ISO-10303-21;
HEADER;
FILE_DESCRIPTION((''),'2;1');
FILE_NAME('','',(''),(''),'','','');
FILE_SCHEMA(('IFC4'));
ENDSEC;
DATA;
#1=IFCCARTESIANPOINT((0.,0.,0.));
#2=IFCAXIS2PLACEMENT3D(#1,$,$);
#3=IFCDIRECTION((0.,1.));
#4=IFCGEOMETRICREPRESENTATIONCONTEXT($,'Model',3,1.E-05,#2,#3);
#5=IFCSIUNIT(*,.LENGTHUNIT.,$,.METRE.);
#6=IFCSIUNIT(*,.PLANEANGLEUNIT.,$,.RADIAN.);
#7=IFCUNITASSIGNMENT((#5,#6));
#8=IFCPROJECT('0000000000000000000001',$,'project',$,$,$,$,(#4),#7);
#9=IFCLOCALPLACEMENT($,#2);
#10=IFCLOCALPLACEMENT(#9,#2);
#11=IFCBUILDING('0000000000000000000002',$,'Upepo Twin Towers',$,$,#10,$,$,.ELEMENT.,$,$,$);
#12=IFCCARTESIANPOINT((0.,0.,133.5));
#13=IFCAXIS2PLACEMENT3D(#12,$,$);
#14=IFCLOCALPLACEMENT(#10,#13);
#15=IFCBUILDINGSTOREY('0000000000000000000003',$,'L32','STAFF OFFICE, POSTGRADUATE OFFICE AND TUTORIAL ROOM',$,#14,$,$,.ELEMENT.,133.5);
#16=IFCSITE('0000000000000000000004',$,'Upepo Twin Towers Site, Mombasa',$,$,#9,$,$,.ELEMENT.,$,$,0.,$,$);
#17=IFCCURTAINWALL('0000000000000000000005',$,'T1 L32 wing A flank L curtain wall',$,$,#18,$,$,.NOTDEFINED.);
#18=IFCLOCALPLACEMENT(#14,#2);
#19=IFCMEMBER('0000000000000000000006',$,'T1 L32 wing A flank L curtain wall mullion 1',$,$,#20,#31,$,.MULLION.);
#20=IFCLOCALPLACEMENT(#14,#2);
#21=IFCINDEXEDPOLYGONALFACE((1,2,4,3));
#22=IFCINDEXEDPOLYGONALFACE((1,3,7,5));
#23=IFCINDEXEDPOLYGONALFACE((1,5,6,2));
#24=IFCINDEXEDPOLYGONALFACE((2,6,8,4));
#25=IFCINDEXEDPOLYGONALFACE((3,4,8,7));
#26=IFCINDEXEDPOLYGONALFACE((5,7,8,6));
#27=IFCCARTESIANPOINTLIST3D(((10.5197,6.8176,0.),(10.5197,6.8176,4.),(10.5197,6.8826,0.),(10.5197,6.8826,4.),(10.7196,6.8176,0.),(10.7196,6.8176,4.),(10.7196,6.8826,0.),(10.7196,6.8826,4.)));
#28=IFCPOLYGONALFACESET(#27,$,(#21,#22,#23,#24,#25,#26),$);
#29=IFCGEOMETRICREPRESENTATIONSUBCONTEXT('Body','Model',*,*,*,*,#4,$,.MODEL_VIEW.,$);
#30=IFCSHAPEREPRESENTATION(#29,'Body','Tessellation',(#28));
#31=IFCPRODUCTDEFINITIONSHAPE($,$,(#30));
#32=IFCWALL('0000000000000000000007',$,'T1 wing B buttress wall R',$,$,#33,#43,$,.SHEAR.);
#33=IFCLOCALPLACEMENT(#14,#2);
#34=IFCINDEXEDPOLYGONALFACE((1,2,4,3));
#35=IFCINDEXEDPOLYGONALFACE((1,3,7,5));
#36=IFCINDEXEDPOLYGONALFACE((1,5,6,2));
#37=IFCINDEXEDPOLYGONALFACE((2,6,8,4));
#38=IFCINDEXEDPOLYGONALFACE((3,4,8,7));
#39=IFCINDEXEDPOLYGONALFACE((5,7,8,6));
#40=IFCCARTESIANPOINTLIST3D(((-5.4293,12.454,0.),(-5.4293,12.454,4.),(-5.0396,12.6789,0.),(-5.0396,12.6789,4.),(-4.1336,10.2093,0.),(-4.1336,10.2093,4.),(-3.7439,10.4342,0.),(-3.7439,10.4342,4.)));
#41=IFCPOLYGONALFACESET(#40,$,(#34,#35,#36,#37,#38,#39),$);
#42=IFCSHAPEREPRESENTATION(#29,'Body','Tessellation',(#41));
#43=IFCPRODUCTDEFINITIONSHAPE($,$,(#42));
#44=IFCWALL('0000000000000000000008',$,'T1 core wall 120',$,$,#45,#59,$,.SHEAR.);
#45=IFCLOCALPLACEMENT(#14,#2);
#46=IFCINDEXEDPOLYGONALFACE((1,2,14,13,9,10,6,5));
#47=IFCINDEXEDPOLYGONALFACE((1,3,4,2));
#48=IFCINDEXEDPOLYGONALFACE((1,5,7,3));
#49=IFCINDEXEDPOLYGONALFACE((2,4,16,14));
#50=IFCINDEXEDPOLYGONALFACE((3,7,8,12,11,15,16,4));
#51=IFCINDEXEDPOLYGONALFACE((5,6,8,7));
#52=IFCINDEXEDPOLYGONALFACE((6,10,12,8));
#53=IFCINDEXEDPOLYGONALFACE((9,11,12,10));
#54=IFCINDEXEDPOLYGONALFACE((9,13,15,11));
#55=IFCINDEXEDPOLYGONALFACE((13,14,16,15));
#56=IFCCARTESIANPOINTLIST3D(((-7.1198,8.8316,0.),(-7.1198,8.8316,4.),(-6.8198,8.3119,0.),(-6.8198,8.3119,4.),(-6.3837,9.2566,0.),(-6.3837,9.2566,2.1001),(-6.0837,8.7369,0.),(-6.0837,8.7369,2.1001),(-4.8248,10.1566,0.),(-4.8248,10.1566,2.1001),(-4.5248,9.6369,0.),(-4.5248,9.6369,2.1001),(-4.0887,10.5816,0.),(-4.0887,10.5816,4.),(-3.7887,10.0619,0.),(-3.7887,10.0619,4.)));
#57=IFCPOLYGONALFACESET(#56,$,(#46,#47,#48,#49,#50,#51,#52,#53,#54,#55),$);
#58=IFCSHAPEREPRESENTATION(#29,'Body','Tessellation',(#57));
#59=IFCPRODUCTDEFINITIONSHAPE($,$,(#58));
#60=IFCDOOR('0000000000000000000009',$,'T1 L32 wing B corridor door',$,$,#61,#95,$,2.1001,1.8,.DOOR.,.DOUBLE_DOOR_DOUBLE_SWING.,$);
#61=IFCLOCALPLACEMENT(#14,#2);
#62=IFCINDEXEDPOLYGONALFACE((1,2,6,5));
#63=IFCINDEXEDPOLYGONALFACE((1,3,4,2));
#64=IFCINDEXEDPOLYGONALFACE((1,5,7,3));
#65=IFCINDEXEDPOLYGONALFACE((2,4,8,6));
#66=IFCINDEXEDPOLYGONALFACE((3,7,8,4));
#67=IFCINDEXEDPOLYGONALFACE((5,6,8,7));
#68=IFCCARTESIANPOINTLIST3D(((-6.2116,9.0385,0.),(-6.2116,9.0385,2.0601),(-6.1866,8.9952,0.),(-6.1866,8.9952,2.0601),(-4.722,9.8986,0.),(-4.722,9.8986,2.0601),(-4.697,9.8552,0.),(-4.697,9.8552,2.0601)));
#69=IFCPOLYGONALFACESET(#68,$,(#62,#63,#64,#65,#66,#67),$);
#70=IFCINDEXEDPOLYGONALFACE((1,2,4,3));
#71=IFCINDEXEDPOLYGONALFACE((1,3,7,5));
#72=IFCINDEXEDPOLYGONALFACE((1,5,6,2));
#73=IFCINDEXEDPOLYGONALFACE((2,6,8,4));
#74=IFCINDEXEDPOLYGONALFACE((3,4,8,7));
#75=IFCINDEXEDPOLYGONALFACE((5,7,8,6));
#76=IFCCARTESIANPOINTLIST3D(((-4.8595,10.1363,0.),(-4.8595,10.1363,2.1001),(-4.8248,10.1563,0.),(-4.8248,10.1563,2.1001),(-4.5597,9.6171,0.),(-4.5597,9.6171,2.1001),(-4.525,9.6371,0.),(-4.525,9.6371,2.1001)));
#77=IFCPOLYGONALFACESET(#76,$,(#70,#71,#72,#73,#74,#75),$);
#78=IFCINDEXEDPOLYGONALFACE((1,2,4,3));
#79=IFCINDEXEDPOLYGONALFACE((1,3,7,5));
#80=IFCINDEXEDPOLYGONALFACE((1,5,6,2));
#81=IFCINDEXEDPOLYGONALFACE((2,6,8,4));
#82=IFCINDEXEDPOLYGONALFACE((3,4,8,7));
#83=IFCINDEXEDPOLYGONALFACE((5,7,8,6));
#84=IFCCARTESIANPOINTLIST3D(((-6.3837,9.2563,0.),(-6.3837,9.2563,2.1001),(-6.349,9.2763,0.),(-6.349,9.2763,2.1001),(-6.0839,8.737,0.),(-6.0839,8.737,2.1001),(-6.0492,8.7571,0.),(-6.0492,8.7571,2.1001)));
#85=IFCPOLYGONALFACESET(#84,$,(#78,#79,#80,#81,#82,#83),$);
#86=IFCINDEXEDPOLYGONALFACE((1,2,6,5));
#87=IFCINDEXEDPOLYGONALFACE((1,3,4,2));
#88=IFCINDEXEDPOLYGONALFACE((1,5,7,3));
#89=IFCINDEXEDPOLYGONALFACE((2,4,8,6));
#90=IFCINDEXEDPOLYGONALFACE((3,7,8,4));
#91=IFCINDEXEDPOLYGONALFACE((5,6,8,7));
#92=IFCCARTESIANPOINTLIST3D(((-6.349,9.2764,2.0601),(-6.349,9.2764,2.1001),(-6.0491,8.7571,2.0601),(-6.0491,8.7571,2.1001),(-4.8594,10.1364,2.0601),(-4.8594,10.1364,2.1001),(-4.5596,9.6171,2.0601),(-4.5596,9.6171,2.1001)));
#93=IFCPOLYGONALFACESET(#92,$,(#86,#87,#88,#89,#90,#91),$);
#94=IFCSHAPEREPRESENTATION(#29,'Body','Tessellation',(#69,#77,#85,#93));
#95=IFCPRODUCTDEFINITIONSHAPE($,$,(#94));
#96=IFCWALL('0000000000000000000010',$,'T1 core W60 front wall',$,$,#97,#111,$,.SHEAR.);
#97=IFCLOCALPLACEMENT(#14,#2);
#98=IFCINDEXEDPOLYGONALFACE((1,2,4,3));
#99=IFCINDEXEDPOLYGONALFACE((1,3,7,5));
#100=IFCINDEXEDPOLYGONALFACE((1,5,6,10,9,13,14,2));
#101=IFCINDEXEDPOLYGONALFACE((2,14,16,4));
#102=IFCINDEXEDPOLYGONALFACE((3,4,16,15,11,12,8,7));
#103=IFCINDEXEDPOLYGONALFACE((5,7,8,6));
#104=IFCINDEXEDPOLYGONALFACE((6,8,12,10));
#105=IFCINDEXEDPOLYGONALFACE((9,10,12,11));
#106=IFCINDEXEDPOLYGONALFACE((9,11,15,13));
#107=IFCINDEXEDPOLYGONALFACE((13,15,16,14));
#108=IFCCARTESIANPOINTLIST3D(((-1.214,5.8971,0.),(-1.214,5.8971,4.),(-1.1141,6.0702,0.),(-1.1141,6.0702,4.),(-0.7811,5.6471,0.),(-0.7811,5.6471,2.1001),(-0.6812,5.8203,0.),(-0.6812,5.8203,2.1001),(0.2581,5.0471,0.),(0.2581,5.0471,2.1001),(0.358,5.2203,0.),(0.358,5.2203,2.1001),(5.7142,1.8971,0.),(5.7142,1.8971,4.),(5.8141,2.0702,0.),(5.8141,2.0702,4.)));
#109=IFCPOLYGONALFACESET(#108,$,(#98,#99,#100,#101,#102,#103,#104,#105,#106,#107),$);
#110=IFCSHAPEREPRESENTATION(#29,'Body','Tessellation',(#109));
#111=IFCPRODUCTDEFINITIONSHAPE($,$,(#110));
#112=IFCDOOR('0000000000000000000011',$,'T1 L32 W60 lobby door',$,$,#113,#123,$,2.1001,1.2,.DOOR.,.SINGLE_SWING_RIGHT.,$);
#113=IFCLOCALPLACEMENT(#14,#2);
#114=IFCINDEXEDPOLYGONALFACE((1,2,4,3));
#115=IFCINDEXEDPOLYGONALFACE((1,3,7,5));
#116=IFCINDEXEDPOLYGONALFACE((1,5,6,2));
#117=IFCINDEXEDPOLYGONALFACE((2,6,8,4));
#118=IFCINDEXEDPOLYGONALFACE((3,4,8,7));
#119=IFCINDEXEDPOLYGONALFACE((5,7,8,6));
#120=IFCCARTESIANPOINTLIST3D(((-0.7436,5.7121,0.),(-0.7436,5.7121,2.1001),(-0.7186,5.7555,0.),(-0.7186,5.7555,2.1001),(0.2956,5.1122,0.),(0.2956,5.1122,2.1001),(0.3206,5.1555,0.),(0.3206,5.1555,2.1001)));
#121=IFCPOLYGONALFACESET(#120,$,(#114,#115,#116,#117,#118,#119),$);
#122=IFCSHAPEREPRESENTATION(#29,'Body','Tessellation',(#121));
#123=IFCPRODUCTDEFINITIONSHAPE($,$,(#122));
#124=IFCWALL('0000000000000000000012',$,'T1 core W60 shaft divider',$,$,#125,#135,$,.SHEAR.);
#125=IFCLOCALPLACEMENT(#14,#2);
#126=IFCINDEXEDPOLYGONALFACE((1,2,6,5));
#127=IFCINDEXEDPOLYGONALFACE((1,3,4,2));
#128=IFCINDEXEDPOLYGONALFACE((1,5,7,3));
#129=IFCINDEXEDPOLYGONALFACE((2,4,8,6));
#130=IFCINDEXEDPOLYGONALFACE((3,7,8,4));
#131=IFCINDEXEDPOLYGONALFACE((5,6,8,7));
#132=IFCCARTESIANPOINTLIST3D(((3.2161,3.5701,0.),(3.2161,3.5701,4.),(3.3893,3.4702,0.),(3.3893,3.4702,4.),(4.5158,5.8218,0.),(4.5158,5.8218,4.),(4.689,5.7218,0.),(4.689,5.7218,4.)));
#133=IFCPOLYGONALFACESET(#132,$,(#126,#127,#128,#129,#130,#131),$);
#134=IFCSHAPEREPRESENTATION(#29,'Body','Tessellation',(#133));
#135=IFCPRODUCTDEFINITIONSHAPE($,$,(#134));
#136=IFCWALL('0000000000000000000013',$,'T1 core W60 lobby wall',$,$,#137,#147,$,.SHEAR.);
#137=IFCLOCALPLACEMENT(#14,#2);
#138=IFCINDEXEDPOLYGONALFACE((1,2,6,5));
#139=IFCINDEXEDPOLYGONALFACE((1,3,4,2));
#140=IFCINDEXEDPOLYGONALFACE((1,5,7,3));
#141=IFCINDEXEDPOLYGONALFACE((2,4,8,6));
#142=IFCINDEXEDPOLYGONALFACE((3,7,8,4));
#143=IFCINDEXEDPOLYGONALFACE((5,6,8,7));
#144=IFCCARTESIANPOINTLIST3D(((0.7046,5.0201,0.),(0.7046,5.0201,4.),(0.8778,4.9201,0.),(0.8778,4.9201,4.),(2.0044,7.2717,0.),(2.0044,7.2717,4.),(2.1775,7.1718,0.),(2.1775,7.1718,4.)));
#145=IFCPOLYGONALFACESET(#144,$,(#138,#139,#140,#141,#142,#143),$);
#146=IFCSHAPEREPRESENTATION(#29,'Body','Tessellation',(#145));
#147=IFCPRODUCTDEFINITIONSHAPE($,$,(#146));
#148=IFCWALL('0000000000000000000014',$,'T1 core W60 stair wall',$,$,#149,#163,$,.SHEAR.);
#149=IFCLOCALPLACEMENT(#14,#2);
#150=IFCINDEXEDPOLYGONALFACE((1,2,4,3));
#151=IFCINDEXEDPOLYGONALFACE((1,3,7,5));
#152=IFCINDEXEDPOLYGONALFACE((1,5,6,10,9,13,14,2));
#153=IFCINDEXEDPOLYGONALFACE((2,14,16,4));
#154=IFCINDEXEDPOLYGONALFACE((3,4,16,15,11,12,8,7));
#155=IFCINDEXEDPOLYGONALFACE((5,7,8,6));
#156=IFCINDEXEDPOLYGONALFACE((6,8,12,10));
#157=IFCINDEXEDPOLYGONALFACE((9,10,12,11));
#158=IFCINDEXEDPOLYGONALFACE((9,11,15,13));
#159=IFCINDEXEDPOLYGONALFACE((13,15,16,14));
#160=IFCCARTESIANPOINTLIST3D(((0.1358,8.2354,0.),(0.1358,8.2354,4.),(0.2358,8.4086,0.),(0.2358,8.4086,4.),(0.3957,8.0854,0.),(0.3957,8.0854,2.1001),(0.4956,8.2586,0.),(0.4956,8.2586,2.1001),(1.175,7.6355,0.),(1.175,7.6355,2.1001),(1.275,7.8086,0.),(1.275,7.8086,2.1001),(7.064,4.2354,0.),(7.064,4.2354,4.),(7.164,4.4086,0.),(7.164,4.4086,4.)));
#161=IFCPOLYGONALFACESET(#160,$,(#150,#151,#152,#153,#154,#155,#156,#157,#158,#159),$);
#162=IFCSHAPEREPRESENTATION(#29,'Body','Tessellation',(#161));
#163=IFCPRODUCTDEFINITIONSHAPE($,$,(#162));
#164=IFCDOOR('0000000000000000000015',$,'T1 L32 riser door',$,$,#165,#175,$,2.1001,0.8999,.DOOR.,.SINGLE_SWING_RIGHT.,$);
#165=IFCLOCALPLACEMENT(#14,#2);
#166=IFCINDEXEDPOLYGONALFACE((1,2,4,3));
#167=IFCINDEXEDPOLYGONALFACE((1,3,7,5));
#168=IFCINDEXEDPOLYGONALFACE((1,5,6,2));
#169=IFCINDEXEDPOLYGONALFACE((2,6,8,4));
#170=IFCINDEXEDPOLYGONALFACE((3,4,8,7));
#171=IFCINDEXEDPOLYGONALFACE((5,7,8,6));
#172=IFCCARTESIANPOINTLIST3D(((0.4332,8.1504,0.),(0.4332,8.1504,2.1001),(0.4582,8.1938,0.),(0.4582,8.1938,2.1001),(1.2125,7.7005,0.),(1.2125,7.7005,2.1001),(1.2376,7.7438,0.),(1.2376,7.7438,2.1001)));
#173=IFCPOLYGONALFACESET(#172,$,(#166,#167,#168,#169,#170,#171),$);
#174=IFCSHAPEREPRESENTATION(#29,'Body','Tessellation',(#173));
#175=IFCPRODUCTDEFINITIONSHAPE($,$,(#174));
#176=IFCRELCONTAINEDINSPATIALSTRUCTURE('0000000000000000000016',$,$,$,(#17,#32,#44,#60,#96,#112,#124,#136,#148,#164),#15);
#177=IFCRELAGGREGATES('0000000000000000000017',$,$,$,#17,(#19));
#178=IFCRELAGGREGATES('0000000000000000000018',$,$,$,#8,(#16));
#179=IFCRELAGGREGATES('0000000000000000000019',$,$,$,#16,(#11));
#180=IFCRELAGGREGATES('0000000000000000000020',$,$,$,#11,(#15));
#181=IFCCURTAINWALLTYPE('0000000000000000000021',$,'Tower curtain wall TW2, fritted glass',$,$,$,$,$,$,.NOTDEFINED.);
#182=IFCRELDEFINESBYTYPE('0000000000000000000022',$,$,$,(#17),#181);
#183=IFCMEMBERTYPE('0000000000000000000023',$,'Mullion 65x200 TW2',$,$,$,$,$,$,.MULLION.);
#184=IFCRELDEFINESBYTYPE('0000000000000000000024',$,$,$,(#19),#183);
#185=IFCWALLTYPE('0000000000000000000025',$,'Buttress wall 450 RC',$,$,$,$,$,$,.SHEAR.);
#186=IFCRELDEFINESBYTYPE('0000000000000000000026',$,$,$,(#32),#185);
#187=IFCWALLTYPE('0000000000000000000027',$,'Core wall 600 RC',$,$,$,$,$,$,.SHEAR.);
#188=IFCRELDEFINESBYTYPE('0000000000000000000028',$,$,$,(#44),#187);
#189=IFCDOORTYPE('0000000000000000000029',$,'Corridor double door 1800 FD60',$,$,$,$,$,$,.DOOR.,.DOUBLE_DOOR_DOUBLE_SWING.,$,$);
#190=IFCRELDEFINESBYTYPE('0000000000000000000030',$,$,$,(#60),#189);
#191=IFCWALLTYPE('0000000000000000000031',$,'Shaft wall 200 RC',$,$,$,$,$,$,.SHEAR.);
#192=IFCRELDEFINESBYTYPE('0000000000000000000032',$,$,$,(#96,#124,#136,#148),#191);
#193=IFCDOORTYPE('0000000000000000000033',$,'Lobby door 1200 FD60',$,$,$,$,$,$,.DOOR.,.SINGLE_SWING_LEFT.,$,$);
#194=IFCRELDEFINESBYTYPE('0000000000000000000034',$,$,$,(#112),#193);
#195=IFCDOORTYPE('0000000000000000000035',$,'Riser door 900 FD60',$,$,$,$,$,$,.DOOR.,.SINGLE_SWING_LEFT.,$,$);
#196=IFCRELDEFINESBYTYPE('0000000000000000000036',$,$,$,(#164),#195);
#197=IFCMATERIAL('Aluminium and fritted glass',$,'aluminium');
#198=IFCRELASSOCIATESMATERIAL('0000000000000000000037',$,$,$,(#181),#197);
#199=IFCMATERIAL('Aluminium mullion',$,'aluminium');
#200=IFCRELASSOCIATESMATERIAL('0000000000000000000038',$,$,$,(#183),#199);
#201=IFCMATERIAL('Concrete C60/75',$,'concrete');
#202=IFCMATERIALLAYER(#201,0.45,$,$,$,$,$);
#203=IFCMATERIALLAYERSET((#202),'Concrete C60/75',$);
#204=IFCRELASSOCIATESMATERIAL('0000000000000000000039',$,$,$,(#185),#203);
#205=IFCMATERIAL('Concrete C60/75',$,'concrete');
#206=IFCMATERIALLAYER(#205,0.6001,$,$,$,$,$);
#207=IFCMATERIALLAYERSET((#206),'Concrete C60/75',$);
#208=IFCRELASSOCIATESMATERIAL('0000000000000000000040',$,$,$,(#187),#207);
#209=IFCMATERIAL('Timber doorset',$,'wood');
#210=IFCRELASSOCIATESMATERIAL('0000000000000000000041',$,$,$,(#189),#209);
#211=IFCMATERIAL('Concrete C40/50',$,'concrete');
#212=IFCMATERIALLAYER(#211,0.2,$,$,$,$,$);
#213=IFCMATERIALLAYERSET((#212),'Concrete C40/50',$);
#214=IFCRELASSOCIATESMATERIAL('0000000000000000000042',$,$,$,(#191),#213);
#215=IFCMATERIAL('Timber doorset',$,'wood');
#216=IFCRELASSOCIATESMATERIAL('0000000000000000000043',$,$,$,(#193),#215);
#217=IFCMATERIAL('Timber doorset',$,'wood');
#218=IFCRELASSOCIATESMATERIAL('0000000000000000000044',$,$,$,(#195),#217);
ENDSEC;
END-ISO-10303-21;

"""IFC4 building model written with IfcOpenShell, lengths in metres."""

from ifc_helpers import new_model, si_unit, direction, frame, frame_2d, origin, origin_2d, place, context, subcontext, project, spatial, rectangle, extrude, material, layer, layer_set, material_profile, profile_set, type_object, element, fill, aggregate, save


model = new_model("IFC4")

# Units and contexts
model_context = context("Model", 3, precision=1e-05, world=origin(), true_north=direction((0.0, 1.0)))
body_context = subcontext(model_context, "Body", "Model", "MODEL_VIEW")
ifc_project = project(units=[si_unit("LENGTHUNIT", "METRE"), si_unit("PLANEANGLEUNIT", "RADIAN")], contexts=[model_context])

# Site, building, storey
site_placement = place(None, origin())
site = spatial("IfcSite", under=ifc_project, at=site_placement, Name="Upepo Twin Towers Site, Mombasa", CompositionType="ELEMENT", RefElevation=0.0)
building_placement = place(site_placement, origin())
building = spatial("IfcBuilding", under=site, at=building_placement, Name="Upepo Twin Towers", CompositionType="ELEMENT")
storey_placement = place(building_placement, frame((0.0, 0.0, 133.5)))
storey = spatial("IfcBuildingStorey", under=building, at=storey_placement, Name="L32", Description="STAFF OFFICE, POSTGRADUATE OFFICE AND TUTORIAL ROOM", CompositionType="ELEMENT", Elevation=133.5)

# Curtain wall, member
ifc_material_1 = material(Name="Aluminium and fritted glass", Category="aluminium")
curtain_wall_type = type_object("IfcCurtainWallType", Name="Tower curtain wall TW2, fritted glass", PredefinedType="NOTDEFINED", material=ifc_material_1)
curtain_wall_placement = place(storey_placement, origin())
curtain_wall = element("IfcCurtainWall", 1, at=curtain_wall_placement, inside=storey, type_object=curtain_wall_type, Name="T1 L32 wing A flank L curtain wall", PredefinedType="NOTDEFINED")
ifc_material_2 = material(Name="Aluminium mullion", Category="aluminium")
ifc_material_profile = material_profile(ifc_material_2, rectangle(XDim=0.0649, YDim=0.2, at=origin_2d()), Name="MULLION 65x200")
ifc_profile_set = profile_set([ifc_material_profile], Name="Aluminium mullion")
member_type = type_object("IfcMemberType", Name="Mullion 65x200 TW2", PredefinedType="MULLION", material=ifc_profile_set)
member_placement = place(storey_placement, frame((10.6196, 6.8501, 0.0), z_axis=(0.0, 0.0, 1.0), x_axis=(0.0, 1.0, 0.0)))
member = element("IfcMember", 2, at=member_placement, type_object=member_type, Name="T1 L32 wing A flank L curtain wall mullion 1", PredefinedType="MULLION", context=body_context, shape_type="SweptSolid", body=[
    extrude(rectangle(XDim=0.0649, YDim=0.2, at=origin_2d()), origin(), (0.0, 0.0, 1.0), 4.0),
])
aggregate(curtain_wall, [member])

# Wall
ifc_material_3 = material(Name="Concrete C60/75", Category="concrete")
ifc_layer_1 = layer(ifc_material_3, 0.45)
ifc_layer_set_1 = layer_set([ifc_layer_1], Name="Concrete C60/75")
wall_type_1 = type_object("IfcWallType", Name="Buttress wall 450 RC", PredefinedType="SHEAR", material=ifc_layer_set_1)
wall_1_placement = place(storey_placement, frame((-3.9387, 10.3218, 0.0), z_axis=(0.0, 0.0, 1.0), x_axis=(-0.499918, 0.866073, 0.0)))
element("IfcWall", 3, at=wall_1_placement, inside=storey, type_object=wall_type_1, Name="T1 wing B buttress wall R", PredefinedType="SHEAR", context=body_context, shape_type="SweptSolid", body=[
    extrude(rectangle(XDim=2.5918, YDim=0.45, at=frame_2d((1.2959, 0.0))), origin(), (0.0, 0.0, 1.0), 4.0),
])

# Walls, openings, doors
ifc_material_4 = material(Name="Concrete C60/75", Category="concrete")
ifc_layer_2 = layer(ifc_material_4, 0.6001)
ifc_layer_set_2 = layer_set([ifc_layer_2], Name="Concrete C60/75")
wall_type_2 = type_object("IfcWallType", Name="Core wall 600 RC", PredefinedType="SHEAR", material=ifc_layer_set_2)
wall_2_placement = place(storey_placement, frame((-3.9387, 10.3218, 0.0), z_axis=(0.0, 0.0, 1.0), x_axis=(-0.866019, -0.50001, 0.0)))
wall_2 = element("IfcWall", 4, at=wall_2_placement, inside=storey, type_object=wall_type_2, Name="T1 core wall 120", PredefinedType="SHEAR", context=body_context, shape_type="SweptSolid", body=[
    extrude(rectangle(XDim=3.5, YDim=0.6001, at=frame_2d((1.75, 0.0))), origin(), (0.0, 0.0, 1.0), 4.0),
])
opening_1_placement = place(wall_2_placement, frame((0.8501, 0.0, 0.0)))
opening_1 = element("IfcOpeningElement", 5, at=opening_1_placement, cuts=wall_2, PredefinedType="OPENING", context=body_context, shape_type="SweptSolid", body=[
    extrude(rectangle(XDim=1.8, YDim=2.1001, at=frame_2d((0.8999, 1.05))), frame((0.0, 0.3101, 0.0), z_axis=(0.0, -1.0, 0.0), x_axis=(1.0, 0.0, 0.0)), (0.0, 0.0, 1.0), 0.6201),
])
ifc_material_5 = material(Name="Timber doorset", Category="wood")
door_type_1 = type_object("IfcDoorType", Name="Corridor double door 1800 FD60", OperationType="DOUBLE_DOOR_DOUBLE_SWING", PredefinedType="DOOR", material=ifc_material_5)
door_1_placement = place(opening_1_placement, origin())
door_1 = element("IfcDoor", 6, at=door_1_placement, inside=storey, type_object=door_type_1, Name="T1 L32 wing B corridor door", OperationType="DOUBLE_DOOR_DOUBLE_SWING", OverallHeight=2.1001, OverallWidth=1.8, PredefinedType="DOOR", context=body_context, shape_type="SweptSolid", body=[
    extrude(rectangle(XDim=1.72, YDim=2.0601, at=frame_2d((0.8999, 1.03))), frame((0.0, 0.0249, 0.0), z_axis=(0.0, -1.0, 0.0), x_axis=(1.0, 0.0, 0.0)), (0.0, 0.0, 1.0), 0.05),
    extrude(rectangle(XDim=0.04, YDim=2.1001, at=frame_2d((0.02, 1.05))), frame((0.0, 0.2998, 0.0), z_axis=(0.0, -1.0, 0.0), x_axis=(1.0, 0.0, 0.0)), (0.0, 0.0, 1.0), 0.5996),
    extrude(rectangle(XDim=0.04, YDim=2.1001, at=frame_2d((1.78, 1.05))), frame((0.0, 0.2998, 0.0), z_axis=(0.0, -1.0, 0.0), x_axis=(1.0, 0.0, 0.0)), (0.0, 0.0, 1.0), 0.5996),
    extrude(rectangle(XDim=1.72, YDim=0.04, at=frame_2d((0.8999, 2.0801))), frame((0.0, 0.2998, 0.0), z_axis=(0.0, -1.0, 0.0), x_axis=(1.0, 0.0, 0.0)), (0.0, 0.0, 1.0), 0.5996),
])
fill(opening_1, door_1)
ifc_material_6 = material(Name="Concrete C40/50", Category="concrete")
ifc_layer_3 = layer(ifc_material_6, 0.2)
ifc_layer_set_3 = layer_set([ifc_layer_3], Name="Concrete C40/50")
wall_type_3 = type_object("IfcWallType", Name="Shaft wall 200 RC", PredefinedType="SHEAR", material=ifc_layer_set_3)
wall_3_placement = place(storey_placement, frame((5.7642, 1.9836, 0.0), z_axis=(0.0, 0.0, 1.0), x_axis=(-0.866026, 0.499999, 0.0)))
wall_3 = element("IfcWall", 7, at=wall_3_placement, inside=storey, type_object=wall_type_3, Name="T1 core W60 front wall", PredefinedType="SHEAR", context=body_context, shape_type="SweptSolid", body=[
    extrude(rectangle(XDim=8.0, YDim=0.2, at=frame_2d((4.0, 0.0))), origin(), (0.0, 0.0, 1.0), 4.0),
])
opening_2_placement = place(wall_3_placement, frame((6.3, 0.0, 0.0)))
opening_2 = element("IfcOpeningElement", 8, at=opening_2_placement, cuts=wall_3, PredefinedType="OPENING", context=body_context, shape_type="SweptSolid", body=[
    extrude(rectangle(XDim=1.2, YDim=2.1001, at=frame_2d((0.6001, 1.05))), frame((0.0, 0.1099, 0.0), z_axis=(0.0, -1.0, 0.0), x_axis=(1.0, 0.0, 0.0)), (0.0, 0.0, 1.0), 0.22),
])
ifc_material_7 = material(Name="Timber doorset", Category="wood")
door_type_2 = type_object("IfcDoorType", Name="Lobby door 1200 FD60", OperationType="SINGLE_SWING_LEFT", PredefinedType="DOOR", material=ifc_material_7)
door_2_placement = place(opening_2_placement, origin())
door_2 = element("IfcDoor", 9, at=door_2_placement, inside=storey, type_object=door_type_2, Name="T1 L32 W60 lobby door", OperationType="SINGLE_SWING_RIGHT", OverallHeight=2.1001, OverallWidth=1.2, PredefinedType="DOOR", context=body_context, shape_type="SweptSolid", body=[
    extrude(rectangle(XDim=1.2, YDim=2.1001, at=frame_2d((0.6001, 1.05))), frame((0.0, 0.0249, 0.0), z_axis=(0.0, -1.0, 0.0), x_axis=(1.0, 0.0, 0.0)), (0.0, 0.0, 1.0), 0.05),
])
fill(opening_2, door_2)

# Walls
for number, where, z_axis, x_axis, name in (
    (10, (3.3027, 3.5203, 0.0), (0.0, 0.0, 1.0), (0.499937, 0.866062, 0.0), "T1 core W60 shaft divider"),
    (11, (0.7913, 4.9702, 0.0), (0.0, 0.0, 1.0), (0.499937, 0.866062, 0.0), "T1 core W60 lobby wall"),
):
    element("IfcWall", number, at=place(storey_placement, frame(where, z_axis=z_axis, x_axis=x_axis)), inside=storey, type_object=wall_type_3, Name=name, PredefinedType="SHEAR", context=body_context, shape_type="SweptSolid", body=[
        extrude(rectangle(XDim=2.5999, YDim=0.2, at=frame_2d((1.2998, 0.0))), origin(), (0.0, 0.0, 1.0), 4.0),
    ])

# Wall, opening, door
wall_4_placement = place(storey_placement, frame((7.114, 4.322, 0.0), z_axis=(0.0, 0.0, 1.0), x_axis=(-0.866026, 0.499999, 0.0)))
wall_4 = element("IfcWall", 12, at=wall_4_placement, inside=storey, type_object=wall_type_3, Name="T1 core W60 stair wall", PredefinedType="SHEAR", context=body_context, shape_type="SweptSolid", body=[
    extrude(rectangle(XDim=8.0, YDim=0.2, at=frame_2d((4.0, 0.0))), origin(), (0.0, 0.0, 1.0), 4.0),
])
opening_3_placement = place(wall_4_placement, frame((6.8, 0.0, 0.0)))
opening_3 = element("IfcOpeningElement", 13, at=opening_3_placement, cuts=wall_4, PredefinedType="OPENING", context=body_context, shape_type="SweptSolid", body=[
    extrude(rectangle(XDim=0.8999, YDim=2.1001, at=frame_2d((0.45, 1.05))), frame((0.0, 0.1099, 0.0), z_axis=(0.0, -1.0, 0.0), x_axis=(1.0, 0.0, 0.0)), (0.0, 0.0, 1.0), 0.22),
])
ifc_material_8 = material(Name="Timber doorset", Category="wood")
door_type_3 = type_object("IfcDoorType", Name="Riser door 900 FD60", OperationType="SINGLE_SWING_LEFT", PredefinedType="DOOR", material=ifc_material_8)
door_3_placement = place(opening_3_placement, origin())
door_3 = element("IfcDoor", 14, at=door_3_placement, inside=storey, type_object=door_type_3, Name="T1 L32 riser door", OperationType="SINGLE_SWING_RIGHT", OverallHeight=2.1001, OverallWidth=0.8999, PredefinedType="DOOR", context=body_context, shape_type="SweptSolid", body=[
    extrude(rectangle(XDim=0.8999, YDim=2.1001, at=frame_2d((0.45, 1.05))), frame((0.0, 0.0249, 0.0), z_axis=(0.0, -1.0, 0.0), x_axis=(1.0, 0.0, 0.0)), (0.0, 0.0, 1.0), 0.05),
])
fill(opening_3, door_3)

save(model, "model.ifc")
